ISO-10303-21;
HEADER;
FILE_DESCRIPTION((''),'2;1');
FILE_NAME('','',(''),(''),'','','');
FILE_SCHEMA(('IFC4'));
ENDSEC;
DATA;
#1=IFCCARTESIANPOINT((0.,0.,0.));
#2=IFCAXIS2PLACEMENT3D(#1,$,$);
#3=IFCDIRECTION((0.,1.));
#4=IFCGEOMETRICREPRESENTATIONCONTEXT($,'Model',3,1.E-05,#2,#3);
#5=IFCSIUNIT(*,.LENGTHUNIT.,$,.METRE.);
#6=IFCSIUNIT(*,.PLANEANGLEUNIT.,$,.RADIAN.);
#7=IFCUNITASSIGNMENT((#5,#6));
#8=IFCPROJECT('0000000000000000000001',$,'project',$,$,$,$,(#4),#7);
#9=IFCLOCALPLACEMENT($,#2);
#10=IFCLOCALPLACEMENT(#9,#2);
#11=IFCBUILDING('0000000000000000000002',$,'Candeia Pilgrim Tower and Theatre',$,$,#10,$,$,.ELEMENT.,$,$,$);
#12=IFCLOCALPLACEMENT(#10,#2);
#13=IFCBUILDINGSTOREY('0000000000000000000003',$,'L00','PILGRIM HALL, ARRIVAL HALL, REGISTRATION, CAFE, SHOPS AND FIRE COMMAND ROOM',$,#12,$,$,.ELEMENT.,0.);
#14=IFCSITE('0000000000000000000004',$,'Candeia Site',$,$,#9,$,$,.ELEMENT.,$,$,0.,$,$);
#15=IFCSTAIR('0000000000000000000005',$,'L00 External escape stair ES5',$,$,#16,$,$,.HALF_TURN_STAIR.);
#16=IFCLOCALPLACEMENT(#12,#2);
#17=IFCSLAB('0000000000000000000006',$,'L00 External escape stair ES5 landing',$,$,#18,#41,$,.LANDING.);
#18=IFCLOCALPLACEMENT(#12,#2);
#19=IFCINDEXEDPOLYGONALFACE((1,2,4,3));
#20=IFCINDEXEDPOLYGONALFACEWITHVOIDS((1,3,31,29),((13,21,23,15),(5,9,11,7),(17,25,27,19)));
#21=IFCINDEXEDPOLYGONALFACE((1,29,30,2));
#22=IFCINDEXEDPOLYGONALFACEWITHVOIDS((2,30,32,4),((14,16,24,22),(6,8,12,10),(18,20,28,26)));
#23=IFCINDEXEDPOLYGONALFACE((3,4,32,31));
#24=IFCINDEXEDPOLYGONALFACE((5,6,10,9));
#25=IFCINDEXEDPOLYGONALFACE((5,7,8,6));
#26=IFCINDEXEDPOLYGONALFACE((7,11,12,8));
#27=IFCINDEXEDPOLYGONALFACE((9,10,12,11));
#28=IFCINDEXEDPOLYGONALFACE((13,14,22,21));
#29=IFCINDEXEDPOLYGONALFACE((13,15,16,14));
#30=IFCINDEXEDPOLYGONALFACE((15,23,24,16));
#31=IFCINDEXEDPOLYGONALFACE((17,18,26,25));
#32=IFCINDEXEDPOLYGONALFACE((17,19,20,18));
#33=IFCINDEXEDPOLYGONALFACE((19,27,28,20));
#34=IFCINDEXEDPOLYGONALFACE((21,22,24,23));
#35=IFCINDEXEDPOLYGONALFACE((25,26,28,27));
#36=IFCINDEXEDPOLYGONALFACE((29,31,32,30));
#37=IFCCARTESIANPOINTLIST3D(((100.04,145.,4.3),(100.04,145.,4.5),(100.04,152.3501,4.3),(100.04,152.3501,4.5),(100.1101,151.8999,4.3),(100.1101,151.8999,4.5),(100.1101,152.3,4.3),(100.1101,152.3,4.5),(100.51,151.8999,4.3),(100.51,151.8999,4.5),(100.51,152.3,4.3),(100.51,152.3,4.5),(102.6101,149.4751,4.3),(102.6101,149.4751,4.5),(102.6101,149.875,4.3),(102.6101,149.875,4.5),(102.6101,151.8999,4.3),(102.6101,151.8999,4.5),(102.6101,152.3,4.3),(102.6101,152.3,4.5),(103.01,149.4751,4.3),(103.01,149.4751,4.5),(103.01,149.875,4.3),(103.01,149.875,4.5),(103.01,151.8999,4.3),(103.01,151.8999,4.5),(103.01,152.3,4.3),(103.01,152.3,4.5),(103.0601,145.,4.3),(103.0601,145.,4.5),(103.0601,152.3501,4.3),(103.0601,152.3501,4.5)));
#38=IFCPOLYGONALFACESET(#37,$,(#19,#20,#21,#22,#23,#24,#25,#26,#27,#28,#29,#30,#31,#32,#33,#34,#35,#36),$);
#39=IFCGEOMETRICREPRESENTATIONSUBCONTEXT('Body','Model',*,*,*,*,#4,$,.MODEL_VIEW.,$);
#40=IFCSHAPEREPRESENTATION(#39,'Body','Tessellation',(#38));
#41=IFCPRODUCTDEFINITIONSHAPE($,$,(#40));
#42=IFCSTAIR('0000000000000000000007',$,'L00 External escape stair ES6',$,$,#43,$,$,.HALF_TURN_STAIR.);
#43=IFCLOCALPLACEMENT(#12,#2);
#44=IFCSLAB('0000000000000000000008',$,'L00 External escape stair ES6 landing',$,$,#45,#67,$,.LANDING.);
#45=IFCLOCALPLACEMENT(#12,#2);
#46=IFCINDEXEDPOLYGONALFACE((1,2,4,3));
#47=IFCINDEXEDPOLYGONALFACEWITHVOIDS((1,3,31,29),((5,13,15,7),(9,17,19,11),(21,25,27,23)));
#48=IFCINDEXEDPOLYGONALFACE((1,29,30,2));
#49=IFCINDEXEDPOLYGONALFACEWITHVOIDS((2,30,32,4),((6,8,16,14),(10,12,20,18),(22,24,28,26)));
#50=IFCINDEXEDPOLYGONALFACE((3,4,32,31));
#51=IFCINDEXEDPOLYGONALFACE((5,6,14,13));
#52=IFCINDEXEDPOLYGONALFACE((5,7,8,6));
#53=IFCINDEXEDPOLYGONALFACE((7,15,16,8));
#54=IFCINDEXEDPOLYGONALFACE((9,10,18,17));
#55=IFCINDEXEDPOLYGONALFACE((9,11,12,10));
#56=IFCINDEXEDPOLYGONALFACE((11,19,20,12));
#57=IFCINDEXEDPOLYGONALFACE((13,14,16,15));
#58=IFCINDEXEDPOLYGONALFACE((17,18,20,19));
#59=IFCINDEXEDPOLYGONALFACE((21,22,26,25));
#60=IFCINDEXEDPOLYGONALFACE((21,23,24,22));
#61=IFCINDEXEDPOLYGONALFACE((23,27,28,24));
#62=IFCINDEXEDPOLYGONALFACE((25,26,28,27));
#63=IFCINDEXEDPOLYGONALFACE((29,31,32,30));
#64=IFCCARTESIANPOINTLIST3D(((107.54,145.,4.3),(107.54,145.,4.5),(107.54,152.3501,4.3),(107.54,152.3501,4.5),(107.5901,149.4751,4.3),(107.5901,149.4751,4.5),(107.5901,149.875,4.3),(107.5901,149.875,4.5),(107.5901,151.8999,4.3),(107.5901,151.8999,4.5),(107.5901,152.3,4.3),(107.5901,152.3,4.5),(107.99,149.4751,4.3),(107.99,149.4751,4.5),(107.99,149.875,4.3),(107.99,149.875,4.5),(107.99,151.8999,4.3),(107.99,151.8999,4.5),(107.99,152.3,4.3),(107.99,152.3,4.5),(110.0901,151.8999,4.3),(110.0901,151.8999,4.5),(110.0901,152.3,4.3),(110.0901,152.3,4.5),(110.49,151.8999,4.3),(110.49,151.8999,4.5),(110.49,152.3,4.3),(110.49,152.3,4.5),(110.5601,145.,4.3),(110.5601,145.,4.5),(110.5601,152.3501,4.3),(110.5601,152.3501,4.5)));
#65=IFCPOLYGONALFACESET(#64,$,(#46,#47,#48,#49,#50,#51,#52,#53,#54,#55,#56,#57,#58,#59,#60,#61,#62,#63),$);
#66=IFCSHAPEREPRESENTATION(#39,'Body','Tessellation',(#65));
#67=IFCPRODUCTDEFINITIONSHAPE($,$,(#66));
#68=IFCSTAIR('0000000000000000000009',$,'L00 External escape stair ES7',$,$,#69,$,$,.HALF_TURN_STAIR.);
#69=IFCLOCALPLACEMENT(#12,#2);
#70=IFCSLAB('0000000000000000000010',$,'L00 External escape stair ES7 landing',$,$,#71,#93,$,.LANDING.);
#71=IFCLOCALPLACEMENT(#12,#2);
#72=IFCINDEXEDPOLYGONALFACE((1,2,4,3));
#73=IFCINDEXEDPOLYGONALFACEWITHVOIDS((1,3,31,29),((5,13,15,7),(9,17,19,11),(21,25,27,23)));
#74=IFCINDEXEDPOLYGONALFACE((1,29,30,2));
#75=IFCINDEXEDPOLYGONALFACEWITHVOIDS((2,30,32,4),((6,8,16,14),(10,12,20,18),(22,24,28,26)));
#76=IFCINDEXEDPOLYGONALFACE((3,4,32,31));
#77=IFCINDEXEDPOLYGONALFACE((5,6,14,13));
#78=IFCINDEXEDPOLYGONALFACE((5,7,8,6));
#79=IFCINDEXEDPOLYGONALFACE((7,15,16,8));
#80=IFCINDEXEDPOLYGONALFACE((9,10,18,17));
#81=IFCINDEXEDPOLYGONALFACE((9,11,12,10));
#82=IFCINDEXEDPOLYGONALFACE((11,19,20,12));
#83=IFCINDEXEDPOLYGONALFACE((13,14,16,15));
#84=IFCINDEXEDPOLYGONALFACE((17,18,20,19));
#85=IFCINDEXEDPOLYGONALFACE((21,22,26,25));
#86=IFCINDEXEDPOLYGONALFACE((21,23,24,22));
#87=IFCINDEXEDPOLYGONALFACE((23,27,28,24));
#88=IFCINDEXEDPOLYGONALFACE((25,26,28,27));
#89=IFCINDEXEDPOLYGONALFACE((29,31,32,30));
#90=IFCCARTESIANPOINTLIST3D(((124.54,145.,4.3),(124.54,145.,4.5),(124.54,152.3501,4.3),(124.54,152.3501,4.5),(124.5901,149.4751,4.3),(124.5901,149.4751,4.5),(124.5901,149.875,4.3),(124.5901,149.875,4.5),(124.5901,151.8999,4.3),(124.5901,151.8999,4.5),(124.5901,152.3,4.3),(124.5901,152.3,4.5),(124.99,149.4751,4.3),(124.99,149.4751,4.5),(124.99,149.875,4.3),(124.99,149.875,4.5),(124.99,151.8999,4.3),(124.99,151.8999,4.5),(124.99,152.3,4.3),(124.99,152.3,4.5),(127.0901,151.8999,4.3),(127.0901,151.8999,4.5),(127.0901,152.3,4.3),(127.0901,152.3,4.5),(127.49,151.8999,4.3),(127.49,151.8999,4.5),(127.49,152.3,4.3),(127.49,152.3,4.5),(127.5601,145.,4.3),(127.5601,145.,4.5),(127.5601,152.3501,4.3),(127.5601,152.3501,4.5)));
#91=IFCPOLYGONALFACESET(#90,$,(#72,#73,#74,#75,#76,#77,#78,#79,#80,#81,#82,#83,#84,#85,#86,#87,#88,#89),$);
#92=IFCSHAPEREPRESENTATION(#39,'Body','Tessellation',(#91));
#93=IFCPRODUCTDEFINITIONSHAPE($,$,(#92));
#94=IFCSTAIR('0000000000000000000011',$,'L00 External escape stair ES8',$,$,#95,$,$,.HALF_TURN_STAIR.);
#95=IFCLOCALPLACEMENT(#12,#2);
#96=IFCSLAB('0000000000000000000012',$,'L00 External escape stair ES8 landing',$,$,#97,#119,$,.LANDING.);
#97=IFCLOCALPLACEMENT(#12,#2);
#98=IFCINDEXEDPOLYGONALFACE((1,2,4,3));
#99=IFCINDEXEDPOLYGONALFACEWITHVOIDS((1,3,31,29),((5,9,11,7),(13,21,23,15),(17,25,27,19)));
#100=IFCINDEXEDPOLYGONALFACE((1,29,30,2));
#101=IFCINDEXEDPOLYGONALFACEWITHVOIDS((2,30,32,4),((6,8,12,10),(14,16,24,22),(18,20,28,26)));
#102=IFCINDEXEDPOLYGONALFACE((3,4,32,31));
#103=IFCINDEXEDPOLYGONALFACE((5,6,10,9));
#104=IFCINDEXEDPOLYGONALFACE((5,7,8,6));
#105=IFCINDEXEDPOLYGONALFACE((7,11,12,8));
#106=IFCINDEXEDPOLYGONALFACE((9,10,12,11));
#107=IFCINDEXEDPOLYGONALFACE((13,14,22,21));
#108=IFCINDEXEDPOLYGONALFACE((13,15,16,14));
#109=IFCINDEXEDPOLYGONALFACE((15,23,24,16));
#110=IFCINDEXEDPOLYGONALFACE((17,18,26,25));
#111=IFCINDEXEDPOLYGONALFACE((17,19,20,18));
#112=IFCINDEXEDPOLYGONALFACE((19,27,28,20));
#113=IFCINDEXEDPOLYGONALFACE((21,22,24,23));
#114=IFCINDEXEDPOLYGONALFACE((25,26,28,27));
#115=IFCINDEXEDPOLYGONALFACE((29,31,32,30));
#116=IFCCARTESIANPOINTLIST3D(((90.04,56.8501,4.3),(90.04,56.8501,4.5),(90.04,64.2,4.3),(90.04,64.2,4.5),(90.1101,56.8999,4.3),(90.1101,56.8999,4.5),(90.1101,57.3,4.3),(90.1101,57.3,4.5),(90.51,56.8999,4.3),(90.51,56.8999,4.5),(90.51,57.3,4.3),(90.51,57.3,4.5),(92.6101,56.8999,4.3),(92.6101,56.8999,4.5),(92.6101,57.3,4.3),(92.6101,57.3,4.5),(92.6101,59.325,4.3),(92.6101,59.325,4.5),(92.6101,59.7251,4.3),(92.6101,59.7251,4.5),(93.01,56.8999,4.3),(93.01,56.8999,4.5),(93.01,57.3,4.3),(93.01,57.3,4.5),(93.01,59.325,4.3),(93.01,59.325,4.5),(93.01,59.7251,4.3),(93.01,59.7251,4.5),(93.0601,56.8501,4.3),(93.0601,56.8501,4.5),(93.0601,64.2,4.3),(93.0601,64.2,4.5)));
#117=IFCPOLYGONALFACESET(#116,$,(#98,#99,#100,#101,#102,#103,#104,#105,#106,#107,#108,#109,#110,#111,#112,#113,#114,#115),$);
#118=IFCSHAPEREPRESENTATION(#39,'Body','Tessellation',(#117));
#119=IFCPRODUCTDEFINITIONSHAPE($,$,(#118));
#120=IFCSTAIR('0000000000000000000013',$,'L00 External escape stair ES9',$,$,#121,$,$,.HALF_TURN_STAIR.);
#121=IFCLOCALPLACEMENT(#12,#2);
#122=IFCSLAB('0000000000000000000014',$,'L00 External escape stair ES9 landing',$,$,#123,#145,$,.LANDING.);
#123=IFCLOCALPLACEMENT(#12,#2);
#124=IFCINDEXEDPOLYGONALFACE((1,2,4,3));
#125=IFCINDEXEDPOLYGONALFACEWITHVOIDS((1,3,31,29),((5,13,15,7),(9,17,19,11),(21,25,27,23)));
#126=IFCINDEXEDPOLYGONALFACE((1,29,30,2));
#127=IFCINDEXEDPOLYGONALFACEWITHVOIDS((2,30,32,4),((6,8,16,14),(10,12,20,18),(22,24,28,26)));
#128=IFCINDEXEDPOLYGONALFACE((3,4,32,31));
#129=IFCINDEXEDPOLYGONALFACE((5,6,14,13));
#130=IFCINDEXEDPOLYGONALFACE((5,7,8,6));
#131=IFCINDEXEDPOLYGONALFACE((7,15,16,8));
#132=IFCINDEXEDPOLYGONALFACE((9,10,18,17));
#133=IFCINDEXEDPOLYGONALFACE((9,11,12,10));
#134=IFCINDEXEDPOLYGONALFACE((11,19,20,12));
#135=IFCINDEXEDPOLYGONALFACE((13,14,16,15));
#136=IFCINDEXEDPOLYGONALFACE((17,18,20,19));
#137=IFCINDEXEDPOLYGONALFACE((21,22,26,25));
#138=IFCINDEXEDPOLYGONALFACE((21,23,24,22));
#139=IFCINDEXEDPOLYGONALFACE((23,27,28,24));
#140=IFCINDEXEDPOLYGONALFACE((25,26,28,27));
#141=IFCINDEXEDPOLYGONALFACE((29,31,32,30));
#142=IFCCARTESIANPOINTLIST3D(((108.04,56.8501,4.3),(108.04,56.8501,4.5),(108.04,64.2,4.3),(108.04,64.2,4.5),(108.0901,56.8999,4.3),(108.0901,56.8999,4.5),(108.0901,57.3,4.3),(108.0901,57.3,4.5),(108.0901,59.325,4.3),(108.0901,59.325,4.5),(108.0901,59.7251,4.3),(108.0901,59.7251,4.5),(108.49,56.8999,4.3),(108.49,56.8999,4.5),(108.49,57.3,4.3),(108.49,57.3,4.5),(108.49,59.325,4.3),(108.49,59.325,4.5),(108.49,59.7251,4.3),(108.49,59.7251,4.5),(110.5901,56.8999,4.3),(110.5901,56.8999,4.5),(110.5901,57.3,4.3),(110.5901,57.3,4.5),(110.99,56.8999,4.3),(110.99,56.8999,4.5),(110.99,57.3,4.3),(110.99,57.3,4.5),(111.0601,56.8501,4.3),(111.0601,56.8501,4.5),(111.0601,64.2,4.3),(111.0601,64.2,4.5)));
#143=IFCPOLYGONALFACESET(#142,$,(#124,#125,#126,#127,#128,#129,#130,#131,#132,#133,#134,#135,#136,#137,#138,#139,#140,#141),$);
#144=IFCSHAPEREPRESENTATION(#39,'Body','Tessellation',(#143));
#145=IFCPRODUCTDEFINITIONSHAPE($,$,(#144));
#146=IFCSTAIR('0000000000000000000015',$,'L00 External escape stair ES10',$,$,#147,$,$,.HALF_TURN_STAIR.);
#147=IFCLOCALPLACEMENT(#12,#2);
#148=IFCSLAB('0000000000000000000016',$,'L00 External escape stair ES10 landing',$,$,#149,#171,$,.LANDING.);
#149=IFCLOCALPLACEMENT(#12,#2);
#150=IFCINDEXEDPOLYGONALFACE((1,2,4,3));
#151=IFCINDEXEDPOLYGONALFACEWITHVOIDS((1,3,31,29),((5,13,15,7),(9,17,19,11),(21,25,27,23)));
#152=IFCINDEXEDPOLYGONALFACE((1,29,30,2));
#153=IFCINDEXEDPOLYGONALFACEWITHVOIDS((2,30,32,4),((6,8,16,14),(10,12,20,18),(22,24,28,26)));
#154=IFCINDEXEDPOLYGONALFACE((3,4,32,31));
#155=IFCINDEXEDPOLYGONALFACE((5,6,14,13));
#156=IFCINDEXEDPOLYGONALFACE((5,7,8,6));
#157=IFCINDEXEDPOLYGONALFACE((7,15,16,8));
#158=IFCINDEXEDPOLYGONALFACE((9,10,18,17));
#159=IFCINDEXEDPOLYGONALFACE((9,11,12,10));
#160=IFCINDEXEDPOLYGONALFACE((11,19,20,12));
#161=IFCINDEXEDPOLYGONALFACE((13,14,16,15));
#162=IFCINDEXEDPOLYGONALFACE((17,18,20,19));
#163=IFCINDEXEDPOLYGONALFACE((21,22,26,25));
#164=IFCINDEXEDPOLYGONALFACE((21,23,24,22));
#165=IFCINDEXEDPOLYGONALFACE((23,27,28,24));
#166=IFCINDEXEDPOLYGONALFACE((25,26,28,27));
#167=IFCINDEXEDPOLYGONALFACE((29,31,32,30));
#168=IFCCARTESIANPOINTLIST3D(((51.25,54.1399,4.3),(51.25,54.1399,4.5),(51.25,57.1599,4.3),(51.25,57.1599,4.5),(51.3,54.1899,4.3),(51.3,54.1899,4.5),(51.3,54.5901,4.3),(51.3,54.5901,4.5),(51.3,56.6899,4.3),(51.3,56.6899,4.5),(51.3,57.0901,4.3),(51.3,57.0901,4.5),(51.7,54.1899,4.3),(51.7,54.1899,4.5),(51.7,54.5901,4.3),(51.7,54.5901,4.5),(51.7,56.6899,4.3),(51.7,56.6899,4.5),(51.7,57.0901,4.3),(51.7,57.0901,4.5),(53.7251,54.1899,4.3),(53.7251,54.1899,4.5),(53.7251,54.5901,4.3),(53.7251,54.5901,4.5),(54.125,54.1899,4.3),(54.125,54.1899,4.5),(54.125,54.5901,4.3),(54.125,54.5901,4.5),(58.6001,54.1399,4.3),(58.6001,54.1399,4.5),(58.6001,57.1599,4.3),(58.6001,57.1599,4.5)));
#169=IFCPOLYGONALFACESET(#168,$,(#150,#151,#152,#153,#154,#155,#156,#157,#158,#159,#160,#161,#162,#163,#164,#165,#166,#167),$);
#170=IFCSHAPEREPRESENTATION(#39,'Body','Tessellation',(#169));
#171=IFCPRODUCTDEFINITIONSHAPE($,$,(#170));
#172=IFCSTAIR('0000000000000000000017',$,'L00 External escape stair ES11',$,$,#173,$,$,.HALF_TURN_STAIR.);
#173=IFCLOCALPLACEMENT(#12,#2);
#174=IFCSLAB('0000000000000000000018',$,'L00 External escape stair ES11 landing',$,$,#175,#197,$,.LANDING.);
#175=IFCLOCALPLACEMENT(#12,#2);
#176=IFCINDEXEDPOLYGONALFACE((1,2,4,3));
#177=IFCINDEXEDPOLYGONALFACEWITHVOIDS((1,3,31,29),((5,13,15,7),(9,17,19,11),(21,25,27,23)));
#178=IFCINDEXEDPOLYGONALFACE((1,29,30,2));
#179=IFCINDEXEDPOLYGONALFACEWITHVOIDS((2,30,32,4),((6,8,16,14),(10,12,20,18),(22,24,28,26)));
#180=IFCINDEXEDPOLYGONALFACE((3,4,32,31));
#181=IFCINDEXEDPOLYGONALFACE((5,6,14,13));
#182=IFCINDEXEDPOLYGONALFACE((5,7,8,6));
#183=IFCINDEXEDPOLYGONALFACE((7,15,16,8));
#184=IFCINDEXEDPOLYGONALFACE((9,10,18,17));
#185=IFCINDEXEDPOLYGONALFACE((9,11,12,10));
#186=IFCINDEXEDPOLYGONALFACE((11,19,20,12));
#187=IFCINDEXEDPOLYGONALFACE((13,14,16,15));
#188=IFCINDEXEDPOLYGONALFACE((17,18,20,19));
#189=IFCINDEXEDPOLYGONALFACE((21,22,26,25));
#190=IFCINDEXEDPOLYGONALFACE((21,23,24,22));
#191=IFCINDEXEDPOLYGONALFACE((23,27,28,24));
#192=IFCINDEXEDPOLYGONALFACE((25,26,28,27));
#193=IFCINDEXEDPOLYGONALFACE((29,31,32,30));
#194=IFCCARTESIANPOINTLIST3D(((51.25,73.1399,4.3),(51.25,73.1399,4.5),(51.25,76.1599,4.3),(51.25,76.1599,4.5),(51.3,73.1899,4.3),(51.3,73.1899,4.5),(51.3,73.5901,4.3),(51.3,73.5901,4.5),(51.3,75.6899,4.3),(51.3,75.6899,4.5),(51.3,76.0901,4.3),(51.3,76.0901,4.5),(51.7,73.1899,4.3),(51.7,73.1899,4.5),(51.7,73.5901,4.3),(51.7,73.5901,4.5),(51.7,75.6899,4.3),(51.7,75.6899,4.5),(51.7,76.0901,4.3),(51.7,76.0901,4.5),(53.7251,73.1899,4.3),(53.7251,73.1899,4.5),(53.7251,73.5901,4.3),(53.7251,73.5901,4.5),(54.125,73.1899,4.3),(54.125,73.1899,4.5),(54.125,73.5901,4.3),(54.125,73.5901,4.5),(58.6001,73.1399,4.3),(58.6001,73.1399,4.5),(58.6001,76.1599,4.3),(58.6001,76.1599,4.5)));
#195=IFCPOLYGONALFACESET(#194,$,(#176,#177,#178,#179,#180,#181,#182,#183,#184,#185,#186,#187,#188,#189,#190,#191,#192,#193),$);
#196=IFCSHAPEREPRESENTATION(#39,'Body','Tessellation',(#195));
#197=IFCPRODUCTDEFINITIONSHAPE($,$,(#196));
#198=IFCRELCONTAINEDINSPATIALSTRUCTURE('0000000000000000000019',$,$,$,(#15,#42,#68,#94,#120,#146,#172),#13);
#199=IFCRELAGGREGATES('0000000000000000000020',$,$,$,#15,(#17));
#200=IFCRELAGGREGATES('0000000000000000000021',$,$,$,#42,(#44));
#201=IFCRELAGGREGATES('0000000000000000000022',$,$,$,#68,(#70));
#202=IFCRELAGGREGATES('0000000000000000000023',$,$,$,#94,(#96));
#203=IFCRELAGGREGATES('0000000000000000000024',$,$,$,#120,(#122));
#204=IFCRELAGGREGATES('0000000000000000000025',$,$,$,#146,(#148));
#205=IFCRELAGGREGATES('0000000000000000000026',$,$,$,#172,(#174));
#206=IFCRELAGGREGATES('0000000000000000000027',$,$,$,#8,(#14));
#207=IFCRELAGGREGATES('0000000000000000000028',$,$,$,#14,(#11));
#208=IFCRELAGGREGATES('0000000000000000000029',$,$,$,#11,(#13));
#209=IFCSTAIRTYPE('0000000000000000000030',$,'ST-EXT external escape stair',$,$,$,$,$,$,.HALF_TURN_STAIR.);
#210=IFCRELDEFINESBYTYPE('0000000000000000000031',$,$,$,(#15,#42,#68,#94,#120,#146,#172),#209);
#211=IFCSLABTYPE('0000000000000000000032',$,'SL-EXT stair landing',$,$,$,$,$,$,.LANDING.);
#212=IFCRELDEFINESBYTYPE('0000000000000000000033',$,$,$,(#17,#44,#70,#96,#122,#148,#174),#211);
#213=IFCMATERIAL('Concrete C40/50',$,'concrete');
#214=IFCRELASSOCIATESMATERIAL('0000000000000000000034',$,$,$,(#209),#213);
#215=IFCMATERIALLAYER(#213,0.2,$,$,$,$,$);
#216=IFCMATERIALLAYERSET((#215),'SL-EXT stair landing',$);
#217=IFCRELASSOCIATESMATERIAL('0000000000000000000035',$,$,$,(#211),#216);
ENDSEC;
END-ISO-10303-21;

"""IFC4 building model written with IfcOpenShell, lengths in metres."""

from ifc_helpers import new_model, si_unit, direction, frame, origin, place, context, subcontext, project, spatial, polyline, outline, extrude, material, layer, layer_set, type_object, element, aggregate, save


model = new_model("IFC4")

# Units and contexts
model_context = context("Model", 3, precision=1e-05, world=origin(), true_north=direction((0.0, 1.0)))
body_context = subcontext(model_context, "Body", "Model", "MODEL_VIEW")
ifc_project = project(units=[si_unit("LENGTHUNIT", "METRE"), si_unit("PLANEANGLEUNIT", "RADIAN")], contexts=[model_context])

# Site, building, storey
site_placement = place(None, origin())
site = spatial("IfcSite", under=ifc_project, at=site_placement, Name="Candeia Site", CompositionType="ELEMENT", RefElevation=0.0)
building_placement = place(site_placement, origin())
building = spatial("IfcBuilding", under=site, at=building_placement, Name="Candeia Pilgrim Tower and Theatre", CompositionType="ELEMENT")
storey_placement = place(building_placement, origin())
storey = spatial("IfcBuildingStorey", under=building, at=storey_placement, Name="L00", Description="PILGRIM HALL, ARRIVAL HALL, REGISTRATION, CAFE, SHOPS AND FIRE COMMAND ROOM", CompositionType="ELEMENT", Elevation=0.0)

# Stairs, slabs
ifc_material_1 = material(Name="Concrete C40/50", Category="concrete")
stair_type_1 = type_object("IfcStairType", Name="ST-EXT external escape stair", PredefinedType="HALF_TURN_STAIR", material=ifc_material_1)
ifc_layer_1 = layer(ifc_material_1, 0.2)
ifc_layer_set_1 = layer_set([ifc_layer_1], Name="SL-EXT stair landing")
slab_type_1 = type_object("IfcSlabType", Name="SL-EXT stair landing", PredefinedType="LANDING", material=ifc_layer_set_1)
stair_1_placement = place(storey_placement, origin())
stair_1 = element("IfcStair", 1, at=stair_1_placement, inside=storey, type_object=stair_type_1, Name="L00 External escape stair ES5", PredefinedType="HALF_TURN_STAIR")
slab_1_placement = place(storey_placement, frame((0.0, 0.0, 4.3)))
slab_1 = element("IfcSlab", 2, at=slab_1_placement, type_object=slab_type_1, Name="L00 External escape stair ES5 landing", PredefinedType="LANDING", context=body_context, shape_type="SweptSolid", body=[
    extrude(outline(polyline([(100.04, 145.0), (103.0601, 145.0), (103.0601, 152.3501), (100.04, 152.3501), (100.04, 145.0)]), holes=[polyline([(100.1101, 151.8999), (100.51, 151.8999), (100.51, 152.3), (100.1101, 152.3), (100.1101, 151.8999)]), polyline([(102.6101, 151.8999), (103.01, 151.8999), (103.01, 152.3), (102.6101, 152.3), (102.6101, 151.8999)]), polyline([(102.6101, 149.4751), (103.01, 149.4751), (103.01, 149.875), (102.6101, 149.875), (102.6101, 149.4751)])]), origin(), (0.0, 0.0, 1.0), 0.2),
])
aggregate(stair_1, [slab_1])
stair_2_placement = place(storey_placement, origin())
stair_2 = element("IfcStair", 3, at=stair_2_placement, inside=storey, type_object=stair_type_1, Name="L00 External escape stair ES6", PredefinedType="HALF_TURN_STAIR")
slab_2_placement = place(storey_placement, frame((0.0, 0.0, 4.3)))
slab_2 = element("IfcSlab", 4, at=slab_2_placement, type_object=slab_type_1, Name="L00 External escape stair ES6 landing", PredefinedType="LANDING", context=body_context, shape_type="SweptSolid", body=[
    extrude(outline(polyline([(110.5601, 145.0), (107.54, 145.0), (107.54, 152.3501), (110.5601, 152.3501), (110.5601, 145.0)]), holes=[polyline([(110.0901, 151.8999), (110.49, 151.8999), (110.49, 152.3), (110.0901, 152.3), (110.0901, 151.8999)]), polyline([(107.5901, 151.8999), (107.99, 151.8999), (107.99, 152.3), (107.5901, 152.3), (107.5901, 151.8999)]), polyline([(107.5901, 149.4751), (107.99, 149.4751), (107.99, 149.875), (107.5901, 149.875), (107.5901, 149.4751)])]), origin(), (0.0, 0.0, 1.0), 0.2),
])
aggregate(stair_2, [slab_2])
stair_3_placement = place(storey_placement, origin())
stair_3 = element("IfcStair", 5, at=stair_3_placement, inside=storey, type_object=stair_type_1, Name="L00 External escape stair ES7", PredefinedType="HALF_TURN_STAIR")
slab_3_placement = place(storey_placement, frame((0.0, 0.0, 4.3)))
slab_3 = element("IfcSlab", 6, at=slab_3_placement, type_object=slab_type_1, Name="L00 External escape stair ES7 landing", PredefinedType="LANDING", context=body_context, shape_type="SweptSolid", body=[
    extrude(outline(polyline([(127.5601, 145.0), (124.54, 145.0), (124.54, 152.3501), (127.5601, 152.3501), (127.5601, 145.0)]), holes=[polyline([(127.0901, 151.8999), (127.49, 151.8999), (127.49, 152.3), (127.0901, 152.3), (127.0901, 151.8999)]), polyline([(124.5901, 151.8999), (124.99, 151.8999), (124.99, 152.3), (124.5901, 152.3), (124.5901, 151.8999)]), polyline([(124.5901, 149.4751), (124.99, 149.4751), (124.99, 149.875), (124.5901, 149.875), (124.5901, 149.4751)])]), origin(), (0.0, 0.0, 1.0), 0.2),
])
aggregate(stair_3, [slab_3])
stair_4_placement = place(storey_placement, origin())
stair_4 = element("IfcStair", 7, at=stair_4_placement, inside=storey, type_object=stair_type_1, Name="L00 External escape stair ES8", PredefinedType="HALF_TURN_STAIR")
slab_4_placement = place(storey_placement, frame((0.0, 0.0, 4.3)))
slab_4 = element("IfcSlab", 8, at=slab_4_placement, type_object=slab_type_1, Name="L00 External escape stair ES8 landing", PredefinedType="LANDING", context=body_context, shape_type="SweptSolid", body=[
    extrude(outline(polyline([(90.04, 64.2), (93.0601, 64.2), (93.0601, 56.8501), (90.04, 56.8501), (90.04, 64.2)]), holes=[polyline([(90.1101, 56.8999), (90.51, 56.8999), (90.51, 57.3), (90.1101, 57.3), (90.1101, 56.8999)]), polyline([(92.6101, 56.8999), (93.01, 56.8999), (93.01, 57.3), (92.6101, 57.3), (92.6101, 56.8999)]), polyline([(92.6101, 59.325), (93.01, 59.325), (93.01, 59.7251), (92.6101, 59.7251), (92.6101, 59.325)])]), origin(), (0.0, 0.0, 1.0), 0.2),
])
aggregate(stair_4, [slab_4])
stair_5_placement = place(storey_placement, origin())
stair_5 = element("IfcStair", 9, at=stair_5_placement, inside=storey, type_object=stair_type_1, Name="L00 External escape stair ES9", PredefinedType="HALF_TURN_STAIR")
slab_5_placement = place(storey_placement, frame((0.0, 0.0, 4.3)))
slab_5 = element("IfcSlab", 10, at=slab_5_placement, type_object=slab_type_1, Name="L00 External escape stair ES9 landing", PredefinedType="LANDING", context=body_context, shape_type="SweptSolid", body=[
    extrude(outline(polyline([(111.0601, 64.2), (108.04, 64.2), (108.04, 56.8501), (111.0601, 56.8501), (111.0601, 64.2)]), holes=[polyline([(110.5901, 56.8999), (110.99, 56.8999), (110.99, 57.3), (110.5901, 57.3), (110.5901, 56.8999)]), polyline([(108.0901, 56.8999), (108.49, 56.8999), (108.49, 57.3), (108.0901, 57.3), (108.0901, 56.8999)]), polyline([(108.0901, 59.325), (108.49, 59.325), (108.49, 59.7251), (108.0901, 59.7251), (108.0901, 59.325)])]), origin(), (0.0, 0.0, 1.0), 0.2),
])
aggregate(stair_5, [slab_5])
stair_6_placement = place(storey_placement, origin())
stair_6 = element("IfcStair", 11, at=stair_6_placement, inside=storey, type_object=stair_type_1, Name="L00 External escape stair ES10", PredefinedType="HALF_TURN_STAIR")
slab_6_placement = place(storey_placement, frame((0.0, 0.0, 4.3)))
slab_6 = element("IfcSlab", 12, at=slab_6_placement, type_object=slab_type_1, Name="L00 External escape stair ES10 landing", PredefinedType="LANDING", context=body_context, shape_type="SweptSolid", body=[
    extrude(outline(polyline([(58.6001, 57.1599), (58.6001, 54.1399), (51.25, 54.1399), (51.25, 57.1599), (58.6001, 57.1599)]), holes=[polyline([(51.3, 56.6899), (51.7, 56.6899), (51.7, 57.0901), (51.3, 57.0901), (51.3, 56.6899)]), polyline([(51.3, 54.1899), (51.7, 54.1899), (51.7, 54.5901), (51.3, 54.5901), (51.3, 54.1899)]), polyline([(53.7251, 54.1899), (54.125, 54.1899), (54.125, 54.5901), (53.7251, 54.5901), (53.7251, 54.1899)])]), origin(), (0.0, 0.0, 1.0), 0.2),
])
aggregate(stair_6, [slab_6])
stair_7_placement = place(storey_placement, origin())
stair_7 = element("IfcStair", 13, at=stair_7_placement, inside=storey, type_object=stair_type_1, Name="L00 External escape stair ES11", PredefinedType="HALF_TURN_STAIR")
slab_7_placement = place(storey_placement, frame((0.0, 0.0, 4.3)))
slab_7 = element("IfcSlab", 14, at=slab_7_placement, type_object=slab_type_1, Name="L00 External escape stair ES11 landing", PredefinedType="LANDING", context=body_context, shape_type="SweptSolid", body=[
    extrude(outline(polyline([(58.6001, 76.1599), (58.6001, 73.1399), (51.25, 73.1399), (51.25, 76.1599), (58.6001, 76.1599)]), holes=[polyline([(51.3, 75.6899), (51.7, 75.6899), (51.7, 76.0901), (51.3, 76.0901), (51.3, 75.6899)]), polyline([(51.3, 73.1899), (51.7, 73.1899), (51.7, 73.5901), (51.3, 73.5901), (51.3, 73.1899)]), polyline([(53.7251, 73.1899), (54.125, 73.1899), (54.125, 73.5901), (53.7251, 73.5901), (53.7251, 73.1899)])]), origin(), (0.0, 0.0, 1.0), 0.2),
])
aggregate(stair_7, [slab_7])

save(model, "model.ifc")
